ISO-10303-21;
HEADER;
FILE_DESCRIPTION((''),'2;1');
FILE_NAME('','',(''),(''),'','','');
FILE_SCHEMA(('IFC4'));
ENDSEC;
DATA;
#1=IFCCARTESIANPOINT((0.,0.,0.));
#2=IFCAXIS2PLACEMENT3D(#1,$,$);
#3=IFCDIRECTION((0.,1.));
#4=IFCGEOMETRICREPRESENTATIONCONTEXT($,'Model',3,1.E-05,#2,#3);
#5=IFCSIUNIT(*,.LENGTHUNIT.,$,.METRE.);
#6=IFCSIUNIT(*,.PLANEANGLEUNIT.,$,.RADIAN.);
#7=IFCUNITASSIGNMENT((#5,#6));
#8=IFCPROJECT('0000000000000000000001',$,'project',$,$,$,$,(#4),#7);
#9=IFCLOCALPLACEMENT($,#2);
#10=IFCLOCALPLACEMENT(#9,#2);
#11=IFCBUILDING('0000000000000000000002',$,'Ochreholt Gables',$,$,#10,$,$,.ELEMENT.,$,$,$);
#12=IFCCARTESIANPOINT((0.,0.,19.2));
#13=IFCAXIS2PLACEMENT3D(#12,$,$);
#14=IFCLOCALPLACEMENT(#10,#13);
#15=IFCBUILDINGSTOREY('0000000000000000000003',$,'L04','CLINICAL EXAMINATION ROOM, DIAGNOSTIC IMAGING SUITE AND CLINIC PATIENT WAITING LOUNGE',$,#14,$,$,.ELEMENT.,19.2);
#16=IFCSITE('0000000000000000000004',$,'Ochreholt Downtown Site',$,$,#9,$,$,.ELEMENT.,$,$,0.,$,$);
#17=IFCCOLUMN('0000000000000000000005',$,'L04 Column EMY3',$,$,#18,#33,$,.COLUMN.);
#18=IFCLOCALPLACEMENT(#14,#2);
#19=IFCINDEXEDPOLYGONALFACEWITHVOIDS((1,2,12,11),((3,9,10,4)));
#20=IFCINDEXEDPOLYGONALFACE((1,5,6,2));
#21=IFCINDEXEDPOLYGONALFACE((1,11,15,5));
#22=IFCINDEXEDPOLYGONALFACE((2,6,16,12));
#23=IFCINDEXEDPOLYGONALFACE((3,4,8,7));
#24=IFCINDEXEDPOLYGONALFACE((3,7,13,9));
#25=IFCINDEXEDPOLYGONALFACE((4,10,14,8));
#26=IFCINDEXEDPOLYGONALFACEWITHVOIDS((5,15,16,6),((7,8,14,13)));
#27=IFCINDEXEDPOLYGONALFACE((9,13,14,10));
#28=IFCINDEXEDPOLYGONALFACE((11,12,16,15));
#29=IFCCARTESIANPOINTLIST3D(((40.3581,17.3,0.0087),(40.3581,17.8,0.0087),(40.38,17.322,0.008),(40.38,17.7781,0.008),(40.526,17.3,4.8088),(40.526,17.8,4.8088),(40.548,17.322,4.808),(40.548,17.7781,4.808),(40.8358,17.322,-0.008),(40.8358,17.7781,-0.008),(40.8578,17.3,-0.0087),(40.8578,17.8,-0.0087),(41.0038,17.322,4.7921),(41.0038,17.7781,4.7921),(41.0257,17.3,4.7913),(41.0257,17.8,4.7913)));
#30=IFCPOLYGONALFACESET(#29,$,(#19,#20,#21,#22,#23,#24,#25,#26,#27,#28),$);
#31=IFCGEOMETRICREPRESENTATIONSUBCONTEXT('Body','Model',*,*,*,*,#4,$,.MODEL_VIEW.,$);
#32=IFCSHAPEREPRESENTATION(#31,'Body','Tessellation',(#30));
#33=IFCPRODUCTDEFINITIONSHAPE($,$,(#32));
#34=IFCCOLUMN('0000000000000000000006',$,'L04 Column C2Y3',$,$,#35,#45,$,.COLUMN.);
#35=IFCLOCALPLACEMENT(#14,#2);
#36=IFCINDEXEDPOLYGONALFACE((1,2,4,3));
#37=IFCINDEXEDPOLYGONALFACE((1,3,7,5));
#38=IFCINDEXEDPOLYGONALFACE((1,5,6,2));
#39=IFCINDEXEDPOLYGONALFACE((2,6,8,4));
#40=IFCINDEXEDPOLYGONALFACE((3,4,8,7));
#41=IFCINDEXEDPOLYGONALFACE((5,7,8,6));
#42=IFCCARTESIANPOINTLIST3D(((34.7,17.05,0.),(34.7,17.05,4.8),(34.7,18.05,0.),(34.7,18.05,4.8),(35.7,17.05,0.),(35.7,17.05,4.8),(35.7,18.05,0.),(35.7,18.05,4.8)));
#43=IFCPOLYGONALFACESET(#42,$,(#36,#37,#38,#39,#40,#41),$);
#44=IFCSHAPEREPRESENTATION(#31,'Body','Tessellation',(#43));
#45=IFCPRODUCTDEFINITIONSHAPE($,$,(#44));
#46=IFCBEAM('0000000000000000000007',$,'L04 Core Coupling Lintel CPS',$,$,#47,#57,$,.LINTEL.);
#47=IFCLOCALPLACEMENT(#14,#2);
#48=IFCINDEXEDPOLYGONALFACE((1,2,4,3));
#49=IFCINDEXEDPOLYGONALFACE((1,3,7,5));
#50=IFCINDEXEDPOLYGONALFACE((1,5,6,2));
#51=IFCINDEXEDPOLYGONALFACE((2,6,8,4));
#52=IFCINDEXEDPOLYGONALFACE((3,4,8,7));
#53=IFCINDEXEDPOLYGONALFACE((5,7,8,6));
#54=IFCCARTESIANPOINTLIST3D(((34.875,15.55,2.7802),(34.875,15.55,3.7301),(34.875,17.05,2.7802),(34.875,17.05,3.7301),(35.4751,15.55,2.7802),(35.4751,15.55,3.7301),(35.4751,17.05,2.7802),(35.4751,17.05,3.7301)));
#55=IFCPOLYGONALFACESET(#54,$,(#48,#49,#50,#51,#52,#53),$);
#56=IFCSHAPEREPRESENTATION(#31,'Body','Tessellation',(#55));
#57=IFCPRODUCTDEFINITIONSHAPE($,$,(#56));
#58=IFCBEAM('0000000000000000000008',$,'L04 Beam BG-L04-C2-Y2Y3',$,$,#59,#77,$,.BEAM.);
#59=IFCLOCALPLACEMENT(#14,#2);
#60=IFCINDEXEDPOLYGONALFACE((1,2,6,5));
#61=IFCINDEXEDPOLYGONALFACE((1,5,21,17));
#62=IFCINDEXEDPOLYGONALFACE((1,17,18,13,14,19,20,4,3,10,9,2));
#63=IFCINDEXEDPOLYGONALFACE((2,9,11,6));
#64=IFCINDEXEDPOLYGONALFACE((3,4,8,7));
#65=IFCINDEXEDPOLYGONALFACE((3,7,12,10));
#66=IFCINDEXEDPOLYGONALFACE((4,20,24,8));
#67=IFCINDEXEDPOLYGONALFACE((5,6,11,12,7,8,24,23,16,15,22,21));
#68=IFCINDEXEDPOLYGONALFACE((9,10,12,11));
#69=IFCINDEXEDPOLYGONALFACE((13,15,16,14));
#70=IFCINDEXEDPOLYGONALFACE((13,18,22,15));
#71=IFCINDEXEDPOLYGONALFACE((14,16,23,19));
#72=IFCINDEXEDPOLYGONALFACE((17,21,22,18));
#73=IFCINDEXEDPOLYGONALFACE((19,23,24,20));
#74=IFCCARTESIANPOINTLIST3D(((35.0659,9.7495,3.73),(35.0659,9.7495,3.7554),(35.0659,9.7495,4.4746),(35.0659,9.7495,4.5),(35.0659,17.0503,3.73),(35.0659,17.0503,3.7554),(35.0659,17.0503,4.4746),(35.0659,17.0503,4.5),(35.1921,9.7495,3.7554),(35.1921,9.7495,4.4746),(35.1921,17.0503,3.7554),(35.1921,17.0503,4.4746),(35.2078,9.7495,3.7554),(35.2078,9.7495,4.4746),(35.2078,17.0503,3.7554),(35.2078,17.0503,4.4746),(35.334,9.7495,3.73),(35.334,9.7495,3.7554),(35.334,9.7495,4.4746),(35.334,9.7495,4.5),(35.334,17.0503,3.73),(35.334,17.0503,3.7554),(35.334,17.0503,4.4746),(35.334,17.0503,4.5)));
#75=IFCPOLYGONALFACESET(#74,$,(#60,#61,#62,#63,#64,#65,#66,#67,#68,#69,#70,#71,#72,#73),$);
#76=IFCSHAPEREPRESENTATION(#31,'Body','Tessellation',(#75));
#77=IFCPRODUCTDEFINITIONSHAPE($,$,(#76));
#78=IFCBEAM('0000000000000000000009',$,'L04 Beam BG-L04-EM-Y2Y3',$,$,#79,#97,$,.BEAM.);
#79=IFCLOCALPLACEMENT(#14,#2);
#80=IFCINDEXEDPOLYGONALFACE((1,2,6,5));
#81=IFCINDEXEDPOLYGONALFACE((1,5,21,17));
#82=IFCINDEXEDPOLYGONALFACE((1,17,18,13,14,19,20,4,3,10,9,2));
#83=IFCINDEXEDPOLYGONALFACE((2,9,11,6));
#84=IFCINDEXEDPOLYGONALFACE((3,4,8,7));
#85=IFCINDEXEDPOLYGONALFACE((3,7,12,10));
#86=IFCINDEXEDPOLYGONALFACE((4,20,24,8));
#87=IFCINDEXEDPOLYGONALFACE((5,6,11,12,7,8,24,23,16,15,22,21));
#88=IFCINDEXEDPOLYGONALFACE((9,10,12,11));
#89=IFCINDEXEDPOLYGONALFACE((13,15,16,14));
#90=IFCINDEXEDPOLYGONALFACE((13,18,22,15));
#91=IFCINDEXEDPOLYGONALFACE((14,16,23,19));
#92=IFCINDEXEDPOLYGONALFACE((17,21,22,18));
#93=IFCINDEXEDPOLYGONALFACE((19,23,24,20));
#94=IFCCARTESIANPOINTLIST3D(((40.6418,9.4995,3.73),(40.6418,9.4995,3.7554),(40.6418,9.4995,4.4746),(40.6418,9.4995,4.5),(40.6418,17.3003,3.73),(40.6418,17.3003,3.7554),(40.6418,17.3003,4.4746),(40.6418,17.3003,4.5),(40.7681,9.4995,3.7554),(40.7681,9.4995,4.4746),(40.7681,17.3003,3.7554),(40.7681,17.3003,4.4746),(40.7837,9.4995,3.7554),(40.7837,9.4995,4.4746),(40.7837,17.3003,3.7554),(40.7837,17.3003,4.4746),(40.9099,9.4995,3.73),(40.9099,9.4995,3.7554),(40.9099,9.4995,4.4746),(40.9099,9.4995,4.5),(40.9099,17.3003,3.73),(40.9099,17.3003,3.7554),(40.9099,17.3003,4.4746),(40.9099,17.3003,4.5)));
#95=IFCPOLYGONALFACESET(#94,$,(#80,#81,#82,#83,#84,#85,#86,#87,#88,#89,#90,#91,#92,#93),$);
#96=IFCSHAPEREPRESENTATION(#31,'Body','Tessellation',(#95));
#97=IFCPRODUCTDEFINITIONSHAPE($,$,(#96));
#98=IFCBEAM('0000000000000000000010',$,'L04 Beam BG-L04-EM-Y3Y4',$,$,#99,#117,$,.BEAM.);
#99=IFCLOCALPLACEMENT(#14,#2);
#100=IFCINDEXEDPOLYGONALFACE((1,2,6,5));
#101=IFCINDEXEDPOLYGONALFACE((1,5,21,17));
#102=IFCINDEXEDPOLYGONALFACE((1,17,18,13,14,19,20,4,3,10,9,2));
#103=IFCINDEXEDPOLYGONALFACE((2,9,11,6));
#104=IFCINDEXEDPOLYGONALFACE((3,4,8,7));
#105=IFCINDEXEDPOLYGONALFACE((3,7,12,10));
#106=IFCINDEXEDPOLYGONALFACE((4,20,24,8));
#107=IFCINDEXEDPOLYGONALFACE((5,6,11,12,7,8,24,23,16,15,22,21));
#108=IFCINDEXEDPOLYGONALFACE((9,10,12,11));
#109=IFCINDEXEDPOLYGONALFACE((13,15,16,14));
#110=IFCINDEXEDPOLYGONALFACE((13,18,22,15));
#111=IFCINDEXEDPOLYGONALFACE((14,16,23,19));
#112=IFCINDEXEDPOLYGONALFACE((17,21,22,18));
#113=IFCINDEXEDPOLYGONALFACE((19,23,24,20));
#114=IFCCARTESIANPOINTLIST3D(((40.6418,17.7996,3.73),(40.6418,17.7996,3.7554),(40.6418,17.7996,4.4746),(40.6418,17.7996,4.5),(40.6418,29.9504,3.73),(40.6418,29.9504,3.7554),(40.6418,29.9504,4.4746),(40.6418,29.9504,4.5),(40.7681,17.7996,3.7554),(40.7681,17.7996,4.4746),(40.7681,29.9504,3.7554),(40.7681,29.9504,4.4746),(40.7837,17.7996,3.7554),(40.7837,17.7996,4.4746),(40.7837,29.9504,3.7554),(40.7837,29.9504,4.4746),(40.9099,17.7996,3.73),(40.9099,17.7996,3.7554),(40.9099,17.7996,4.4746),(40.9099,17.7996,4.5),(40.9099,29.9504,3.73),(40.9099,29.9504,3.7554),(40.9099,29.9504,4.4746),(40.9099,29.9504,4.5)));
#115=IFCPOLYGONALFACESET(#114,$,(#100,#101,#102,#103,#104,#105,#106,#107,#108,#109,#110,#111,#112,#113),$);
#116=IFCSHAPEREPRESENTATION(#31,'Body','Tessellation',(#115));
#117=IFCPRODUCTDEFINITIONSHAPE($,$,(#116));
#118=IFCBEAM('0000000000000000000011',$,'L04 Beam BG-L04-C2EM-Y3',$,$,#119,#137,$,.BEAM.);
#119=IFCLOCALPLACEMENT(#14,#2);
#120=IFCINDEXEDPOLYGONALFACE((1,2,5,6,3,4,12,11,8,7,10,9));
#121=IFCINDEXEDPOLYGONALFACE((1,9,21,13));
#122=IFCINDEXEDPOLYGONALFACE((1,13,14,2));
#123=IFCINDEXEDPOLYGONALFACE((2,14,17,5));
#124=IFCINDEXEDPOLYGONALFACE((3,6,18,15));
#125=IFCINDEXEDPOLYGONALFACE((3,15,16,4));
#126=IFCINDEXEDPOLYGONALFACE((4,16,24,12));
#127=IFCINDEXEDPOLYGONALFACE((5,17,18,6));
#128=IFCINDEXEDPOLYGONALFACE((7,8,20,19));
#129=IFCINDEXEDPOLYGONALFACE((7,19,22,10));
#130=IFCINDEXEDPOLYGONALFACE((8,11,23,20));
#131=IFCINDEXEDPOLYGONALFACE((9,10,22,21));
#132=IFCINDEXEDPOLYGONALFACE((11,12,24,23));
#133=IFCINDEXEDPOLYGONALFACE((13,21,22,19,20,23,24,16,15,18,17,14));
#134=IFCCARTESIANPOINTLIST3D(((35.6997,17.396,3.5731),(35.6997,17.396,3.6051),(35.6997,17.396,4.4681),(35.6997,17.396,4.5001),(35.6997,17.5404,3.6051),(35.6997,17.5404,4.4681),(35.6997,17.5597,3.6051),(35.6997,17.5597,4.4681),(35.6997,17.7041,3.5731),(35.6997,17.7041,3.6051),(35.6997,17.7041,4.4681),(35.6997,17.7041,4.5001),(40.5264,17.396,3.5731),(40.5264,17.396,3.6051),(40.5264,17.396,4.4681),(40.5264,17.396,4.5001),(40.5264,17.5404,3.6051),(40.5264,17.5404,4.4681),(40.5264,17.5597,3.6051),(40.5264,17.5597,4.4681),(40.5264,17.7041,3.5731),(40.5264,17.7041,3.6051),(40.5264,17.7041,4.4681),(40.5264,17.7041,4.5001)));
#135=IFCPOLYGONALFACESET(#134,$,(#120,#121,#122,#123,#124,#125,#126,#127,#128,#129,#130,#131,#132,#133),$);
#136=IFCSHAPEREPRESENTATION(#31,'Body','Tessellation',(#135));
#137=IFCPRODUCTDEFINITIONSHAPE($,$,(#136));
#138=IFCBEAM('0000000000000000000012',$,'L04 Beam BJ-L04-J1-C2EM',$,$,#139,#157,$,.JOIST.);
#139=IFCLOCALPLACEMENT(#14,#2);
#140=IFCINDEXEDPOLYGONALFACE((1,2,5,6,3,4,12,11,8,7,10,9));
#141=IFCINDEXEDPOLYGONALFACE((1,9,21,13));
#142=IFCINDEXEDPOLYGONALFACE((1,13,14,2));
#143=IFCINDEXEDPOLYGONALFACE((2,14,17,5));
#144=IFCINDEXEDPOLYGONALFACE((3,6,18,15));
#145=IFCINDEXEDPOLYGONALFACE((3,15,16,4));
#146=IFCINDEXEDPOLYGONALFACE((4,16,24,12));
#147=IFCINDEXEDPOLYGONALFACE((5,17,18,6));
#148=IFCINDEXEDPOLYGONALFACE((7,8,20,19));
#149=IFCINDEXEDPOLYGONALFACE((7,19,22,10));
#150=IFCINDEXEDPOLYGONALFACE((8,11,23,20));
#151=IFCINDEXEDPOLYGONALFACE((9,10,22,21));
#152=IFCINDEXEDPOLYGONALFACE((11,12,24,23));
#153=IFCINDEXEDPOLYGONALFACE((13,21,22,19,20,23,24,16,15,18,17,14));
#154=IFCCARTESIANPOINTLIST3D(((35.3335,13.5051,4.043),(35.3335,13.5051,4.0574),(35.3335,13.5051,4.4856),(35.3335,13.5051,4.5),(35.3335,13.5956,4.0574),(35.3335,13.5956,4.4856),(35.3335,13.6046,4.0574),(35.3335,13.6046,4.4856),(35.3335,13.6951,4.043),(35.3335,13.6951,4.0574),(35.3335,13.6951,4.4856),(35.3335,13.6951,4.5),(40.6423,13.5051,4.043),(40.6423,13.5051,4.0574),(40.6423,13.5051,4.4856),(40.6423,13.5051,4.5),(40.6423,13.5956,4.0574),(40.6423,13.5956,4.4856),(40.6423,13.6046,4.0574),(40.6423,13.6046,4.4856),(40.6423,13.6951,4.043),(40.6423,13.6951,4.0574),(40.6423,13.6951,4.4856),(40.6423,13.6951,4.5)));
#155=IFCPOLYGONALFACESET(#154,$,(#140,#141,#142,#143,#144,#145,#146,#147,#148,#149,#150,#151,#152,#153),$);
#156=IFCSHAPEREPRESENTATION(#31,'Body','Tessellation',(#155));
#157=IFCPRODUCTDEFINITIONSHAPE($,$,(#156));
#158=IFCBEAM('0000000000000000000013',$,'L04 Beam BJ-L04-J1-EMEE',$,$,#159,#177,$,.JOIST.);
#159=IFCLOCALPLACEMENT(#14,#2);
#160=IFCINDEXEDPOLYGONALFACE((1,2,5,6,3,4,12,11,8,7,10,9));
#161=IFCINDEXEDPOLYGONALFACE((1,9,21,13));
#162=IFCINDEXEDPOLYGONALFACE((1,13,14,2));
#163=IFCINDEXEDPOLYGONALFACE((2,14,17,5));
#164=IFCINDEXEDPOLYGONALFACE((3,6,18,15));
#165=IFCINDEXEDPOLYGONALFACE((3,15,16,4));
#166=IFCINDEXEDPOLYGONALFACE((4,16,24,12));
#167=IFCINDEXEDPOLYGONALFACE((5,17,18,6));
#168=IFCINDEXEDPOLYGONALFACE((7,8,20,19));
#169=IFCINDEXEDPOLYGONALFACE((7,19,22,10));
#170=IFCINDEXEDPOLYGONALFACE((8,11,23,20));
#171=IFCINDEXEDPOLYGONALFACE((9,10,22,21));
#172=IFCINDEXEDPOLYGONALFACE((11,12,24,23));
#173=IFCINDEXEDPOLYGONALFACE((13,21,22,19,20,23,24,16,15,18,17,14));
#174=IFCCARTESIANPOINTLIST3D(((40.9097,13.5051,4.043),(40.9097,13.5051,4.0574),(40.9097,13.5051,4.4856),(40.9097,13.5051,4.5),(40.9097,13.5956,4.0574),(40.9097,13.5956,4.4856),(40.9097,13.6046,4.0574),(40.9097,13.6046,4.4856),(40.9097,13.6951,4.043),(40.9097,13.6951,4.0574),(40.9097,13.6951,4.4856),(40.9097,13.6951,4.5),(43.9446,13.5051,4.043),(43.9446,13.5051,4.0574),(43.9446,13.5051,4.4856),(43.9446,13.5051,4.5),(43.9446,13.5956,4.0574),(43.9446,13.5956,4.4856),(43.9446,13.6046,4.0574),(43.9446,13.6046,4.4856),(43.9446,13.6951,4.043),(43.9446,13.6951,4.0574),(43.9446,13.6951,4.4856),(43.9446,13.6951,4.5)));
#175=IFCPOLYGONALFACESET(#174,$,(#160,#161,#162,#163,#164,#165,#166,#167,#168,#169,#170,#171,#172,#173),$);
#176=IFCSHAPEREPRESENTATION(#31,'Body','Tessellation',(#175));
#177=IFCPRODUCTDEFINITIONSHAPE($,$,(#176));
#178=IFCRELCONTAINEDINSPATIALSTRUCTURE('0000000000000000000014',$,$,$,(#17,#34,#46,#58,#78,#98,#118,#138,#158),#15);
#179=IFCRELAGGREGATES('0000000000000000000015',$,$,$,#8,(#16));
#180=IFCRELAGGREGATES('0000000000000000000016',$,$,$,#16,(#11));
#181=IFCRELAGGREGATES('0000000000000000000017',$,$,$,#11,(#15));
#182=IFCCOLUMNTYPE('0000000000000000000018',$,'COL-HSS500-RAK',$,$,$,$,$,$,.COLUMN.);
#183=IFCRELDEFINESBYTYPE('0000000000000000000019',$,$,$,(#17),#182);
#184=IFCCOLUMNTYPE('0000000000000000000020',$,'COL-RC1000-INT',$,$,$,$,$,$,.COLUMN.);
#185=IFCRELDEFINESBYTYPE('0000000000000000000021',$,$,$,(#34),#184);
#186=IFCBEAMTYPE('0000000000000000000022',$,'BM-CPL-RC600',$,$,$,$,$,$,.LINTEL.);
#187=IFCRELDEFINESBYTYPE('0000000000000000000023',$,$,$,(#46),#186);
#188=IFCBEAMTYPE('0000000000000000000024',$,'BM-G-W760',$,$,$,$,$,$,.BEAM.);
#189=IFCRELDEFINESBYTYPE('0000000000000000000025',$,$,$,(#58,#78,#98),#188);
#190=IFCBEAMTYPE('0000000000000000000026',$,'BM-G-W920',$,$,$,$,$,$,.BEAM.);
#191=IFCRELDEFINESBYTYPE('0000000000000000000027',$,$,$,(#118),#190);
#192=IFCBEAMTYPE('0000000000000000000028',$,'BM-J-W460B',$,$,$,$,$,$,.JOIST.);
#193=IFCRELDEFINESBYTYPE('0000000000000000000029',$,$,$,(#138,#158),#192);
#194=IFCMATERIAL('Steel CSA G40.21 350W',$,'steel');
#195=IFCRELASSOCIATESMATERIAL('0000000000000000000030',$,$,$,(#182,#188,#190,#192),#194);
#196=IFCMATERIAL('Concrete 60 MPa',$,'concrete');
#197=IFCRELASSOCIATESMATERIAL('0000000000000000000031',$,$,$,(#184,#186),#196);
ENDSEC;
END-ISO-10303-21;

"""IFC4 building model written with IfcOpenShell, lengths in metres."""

from ifc_helpers import new_model, si_unit, direction, frame, origin, origin_2d, place, context, subcontext, project, spatial, rectangle, hollow_rectangle, i_section, extrude, material, material_profile, profile_set, type_object, element, save


model = new_model("IFC4")

# Units and contexts
model_context = context("Model", 3, precision=1e-05, world=origin(), true_north=direction((0.0, 1.0)))
body_context = subcontext(model_context, "Body", "Model", "MODEL_VIEW")
ifc_project = project(units=[si_unit("LENGTHUNIT", "METRE"), si_unit("PLANEANGLEUNIT", "RADIAN")], contexts=[model_context])

# Site, building, storey
site_placement = place(None, origin())
site = spatial("IfcSite", under=ifc_project, at=site_placement, Name="Ochreholt Downtown Site", CompositionType="ELEMENT", RefElevation=0.0)
building_placement = place(site_placement, origin())
building = spatial("IfcBuilding", under=site, at=building_placement, Name="Ochreholt Gables", CompositionType="ELEMENT")
storey_placement = place(building_placement, frame((0.0, 0.0, 19.2)))
storey = spatial("IfcBuildingStorey", under=building, at=storey_placement, Name="L04", Description="CLINICAL EXAMINATION ROOM, DIAGNOSTIC IMAGING SUITE AND CLINIC PATIENT WAITING LOUNGE", CompositionType="ELEMENT", Elevation=19.2)

# Columns
ifc_material_1 = material(Name="Steel CSA G40.21 350W", Category="steel")
ifc_material_profile_1 = material_profile(ifc_material_1, hollow_rectangle(XDim=0.5, YDim=0.5, WallThickness=0.022, at=origin_2d()), Name="HSS500X500X22")
ifc_profile_set_1 = profile_set([ifc_material_profile_1], Name="Steel CSA G40.21 350W")
column_type_1 = type_object("IfcColumnType", Name="COL-HSS500-RAK", PredefinedType="COLUMN", material=ifc_profile_set_1)
column_1_placement = place(storey_placement, frame((40.6079, 17.55, 0.0), z_axis=(0.034972, 0.0, 0.999388), x_axis=(0.0, 1.0, 0.0)))
element("IfcColumn", 1, at=column_1_placement, inside=storey, type_object=column_type_1, Name="L04 Column EMY3", PredefinedType="COLUMN", context=body_context, shape_type="SweptSolid", body=[
    extrude(hollow_rectangle(XDim=0.5, YDim=0.5, WallThickness=0.022, at=origin_2d()), origin(), (0.0, 0.0, 1.0), 4.803),
])
ifc_material_2 = material(Name="Concrete 60 MPa", Category="concrete")
ifc_material_profile_2 = material_profile(ifc_material_2, rectangle(XDim=1.0, YDim=1.0, at=origin_2d()), Name="RC1000X1000")
ifc_profile_set_2 = profile_set([ifc_material_profile_2], Name="Concrete 60 MPa")
column_type_2 = type_object("IfcColumnType", Name="COL-RC1000-INT", PredefinedType="COLUMN", material=ifc_profile_set_2)
column_2_placement = place(storey_placement, frame((35.2, 17.55, 0.0), z_axis=(0.0, 0.0, 1.0), x_axis=(1.0, 0.0, 0.0)))
element("IfcColumn", 2, at=column_2_placement, inside=storey, type_object=column_type_2, Name="L04 Column C2Y3", PredefinedType="COLUMN", context=body_context, shape_type="SweptSolid", body=[
    extrude(rectangle(XDim=1.0, YDim=1.0, at=origin_2d()), origin(), (0.0, 0.0, 1.0), 4.8),
])

# Beams
ifc_material_profile_3 = material_profile(ifc_material_2, rectangle(XDim=0.6001, YDim=0.95, at=origin_2d()), Name="RCB600X950")
ifc_profile_set_3 = profile_set([ifc_material_profile_3], Name="Concrete 60 MPa")
beam_type_1 = type_object("IfcBeamType", Name="BM-CPL-RC600", PredefinedType="LINTEL", material=ifc_profile_set_3)
beam_1_placement = place(storey_placement, frame((35.175, 15.55, 3.2551), z_axis=(0.0, 1.0, 0.0), x_axis=(-1.0, 0.0, 0.0)))
element("IfcBeam", 3, at=beam_1_placement, inside=storey, type_object=beam_type_1, Name="L04 Core Coupling Lintel CPS", PredefinedType="LINTEL", context=body_context, shape_type="SweptSolid", body=[
    extrude(rectangle(XDim=0.6001, YDim=0.95, at=origin_2d()), origin(), (0.0, 0.0, 1.0), 1.5),
])
ifc_material_profile_4 = material_profile(ifc_material_1, i_section(OverallWidth=0.2681, OverallDepth=0.77, WebThickness=0.0156, FlangeThickness=0.0254, at=origin_2d()), Name="W760X196")
ifc_profile_set_4 = profile_set([ifc_material_profile_4], Name="Steel CSA G40.21 350W")
beam_type_2 = type_object("IfcBeamType", Name="BM-G-W760", PredefinedType="BEAM", material=ifc_profile_set_4)
beam_2_placement = place(storey_placement, frame((35.2, 9.7495, 4.115), z_axis=(0.0, 1.0, 0.0), x_axis=(-1.0, 0.0, 0.0)))
element("IfcBeam", 4, at=beam_2_placement, inside=storey, type_object=beam_type_2, Name="L04 Beam BG-L04-C2-Y2Y3", PredefinedType="BEAM", context=body_context, shape_type="SweptSolid", body=[
    extrude(i_section(OverallWidth=0.2681, OverallDepth=0.77, WebThickness=0.0156, FlangeThickness=0.0254, at=origin_2d()), origin(), (0.0, 0.0, 1.0), 7.3008),
])
beam_3_placement = place(storey_placement, frame((40.7759, 9.4995, 4.115), z_axis=(0.0, 1.0, 0.0), x_axis=(-1.0, 0.0, 0.0)))
element("IfcBeam", 5, at=beam_3_placement, inside=storey, type_object=beam_type_2, Name="L04 Beam BG-L04-EM-Y2Y3", PredefinedType="BEAM", context=body_context, shape_type="SweptSolid", body=[
    extrude(i_section(OverallWidth=0.2681, OverallDepth=0.77, WebThickness=0.0156, FlangeThickness=0.0254, at=origin_2d()), origin(), (0.0, 0.0, 1.0), 7.8008),
])
beam_4_placement = place(storey_placement, frame((40.7759, 17.7996, 4.115), z_axis=(0.0, 1.0, 0.0), x_axis=(-1.0, 0.0, 0.0)))
element("IfcBeam", 6, at=beam_4_placement, inside=storey, type_object=beam_type_2, Name="L04 Beam BG-L04-EM-Y3Y4", PredefinedType="BEAM", context=body_context, shape_type="SweptSolid", body=[
    extrude(i_section(OverallWidth=0.2681, OverallDepth=0.77, WebThickness=0.0156, FlangeThickness=0.0254, at=origin_2d()), origin(), (0.0, 0.0, 1.0), 12.1509),
])
ifc_material_profile_5 = material_profile(ifc_material_1, i_section(OverallWidth=0.3081, OverallDepth=0.927, WebThickness=0.0193, FlangeThickness=0.032, at=origin_2d()), Name="W920X289")
ifc_profile_set_5 = profile_set([ifc_material_profile_5], Name="Steel CSA G40.21 350W")
beam_type_3 = type_object("IfcBeamType", Name="BM-G-W920", PredefinedType="BEAM", material=ifc_profile_set_5)
beam_5_placement = place(storey_placement, frame((35.6997, 17.55, 4.0366), z_axis=(1.0, 0.0, 0.0), x_axis=(0.0, 1.0, 0.0)))
element("IfcBeam", 7, at=beam_5_placement, inside=storey, type_object=beam_type_3, Name="L04 Beam BG-L04-C2EM-Y3", PredefinedType="BEAM", context=body_context, shape_type="SweptSolid", body=[
    extrude(i_section(OverallWidth=0.3081, OverallDepth=0.927, WebThickness=0.0193, FlangeThickness=0.032, at=origin_2d()), origin(), (0.0, 0.0, 1.0), 4.8267),
])
ifc_material_profile_6 = material_profile(ifc_material_1, i_section(OverallWidth=0.1899, OverallDepth=0.457, WebThickness=0.009, FlangeThickness=0.0144, at=origin_2d()), Name="W460X74")
ifc_profile_set_6 = profile_set([ifc_material_profile_6], Name="Steel CSA G40.21 350W")
beam_type_4 = type_object("IfcBeamType", Name="BM-J-W460B", PredefinedType="JOIST", material=ifc_profile_set_6)
beam_6_placement = place(storey_placement, frame((35.3335, 13.6001, 4.2715), z_axis=(1.0, 0.0, 0.0), x_axis=(0.0, 1.0, 0.0)))
element("IfcBeam", 8, at=beam_6_placement, inside=storey, type_object=beam_type_4, Name="L04 Beam BJ-L04-J1-C2EM", PredefinedType="JOIST", context=body_context, shape_type="SweptSolid", body=[
    extrude(i_section(OverallWidth=0.1899, OverallDepth=0.457, WebThickness=0.009, FlangeThickness=0.0144, at=origin_2d()), origin(), (0.0, 0.0, 1.0), 5.3088),
])
beam_7_placement = place(storey_placement, frame((40.9097, 13.6001, 4.2715), z_axis=(1.0, 0.0, 0.0), x_axis=(0.0, 1.0, 0.0)))
element("IfcBeam", 9, at=beam_7_placement, inside=storey, type_object=beam_type_4, Name="L04 Beam BJ-L04-J1-EMEE", PredefinedType="JOIST", context=body_context, shape_type="SweptSolid", body=[
    extrude(i_section(OverallWidth=0.1899, OverallDepth=0.457, WebThickness=0.009, FlangeThickness=0.0144, at=origin_2d()), origin(), (0.0, 0.0, 1.0), 3.0349),
])

save(model, "model.ifc")
